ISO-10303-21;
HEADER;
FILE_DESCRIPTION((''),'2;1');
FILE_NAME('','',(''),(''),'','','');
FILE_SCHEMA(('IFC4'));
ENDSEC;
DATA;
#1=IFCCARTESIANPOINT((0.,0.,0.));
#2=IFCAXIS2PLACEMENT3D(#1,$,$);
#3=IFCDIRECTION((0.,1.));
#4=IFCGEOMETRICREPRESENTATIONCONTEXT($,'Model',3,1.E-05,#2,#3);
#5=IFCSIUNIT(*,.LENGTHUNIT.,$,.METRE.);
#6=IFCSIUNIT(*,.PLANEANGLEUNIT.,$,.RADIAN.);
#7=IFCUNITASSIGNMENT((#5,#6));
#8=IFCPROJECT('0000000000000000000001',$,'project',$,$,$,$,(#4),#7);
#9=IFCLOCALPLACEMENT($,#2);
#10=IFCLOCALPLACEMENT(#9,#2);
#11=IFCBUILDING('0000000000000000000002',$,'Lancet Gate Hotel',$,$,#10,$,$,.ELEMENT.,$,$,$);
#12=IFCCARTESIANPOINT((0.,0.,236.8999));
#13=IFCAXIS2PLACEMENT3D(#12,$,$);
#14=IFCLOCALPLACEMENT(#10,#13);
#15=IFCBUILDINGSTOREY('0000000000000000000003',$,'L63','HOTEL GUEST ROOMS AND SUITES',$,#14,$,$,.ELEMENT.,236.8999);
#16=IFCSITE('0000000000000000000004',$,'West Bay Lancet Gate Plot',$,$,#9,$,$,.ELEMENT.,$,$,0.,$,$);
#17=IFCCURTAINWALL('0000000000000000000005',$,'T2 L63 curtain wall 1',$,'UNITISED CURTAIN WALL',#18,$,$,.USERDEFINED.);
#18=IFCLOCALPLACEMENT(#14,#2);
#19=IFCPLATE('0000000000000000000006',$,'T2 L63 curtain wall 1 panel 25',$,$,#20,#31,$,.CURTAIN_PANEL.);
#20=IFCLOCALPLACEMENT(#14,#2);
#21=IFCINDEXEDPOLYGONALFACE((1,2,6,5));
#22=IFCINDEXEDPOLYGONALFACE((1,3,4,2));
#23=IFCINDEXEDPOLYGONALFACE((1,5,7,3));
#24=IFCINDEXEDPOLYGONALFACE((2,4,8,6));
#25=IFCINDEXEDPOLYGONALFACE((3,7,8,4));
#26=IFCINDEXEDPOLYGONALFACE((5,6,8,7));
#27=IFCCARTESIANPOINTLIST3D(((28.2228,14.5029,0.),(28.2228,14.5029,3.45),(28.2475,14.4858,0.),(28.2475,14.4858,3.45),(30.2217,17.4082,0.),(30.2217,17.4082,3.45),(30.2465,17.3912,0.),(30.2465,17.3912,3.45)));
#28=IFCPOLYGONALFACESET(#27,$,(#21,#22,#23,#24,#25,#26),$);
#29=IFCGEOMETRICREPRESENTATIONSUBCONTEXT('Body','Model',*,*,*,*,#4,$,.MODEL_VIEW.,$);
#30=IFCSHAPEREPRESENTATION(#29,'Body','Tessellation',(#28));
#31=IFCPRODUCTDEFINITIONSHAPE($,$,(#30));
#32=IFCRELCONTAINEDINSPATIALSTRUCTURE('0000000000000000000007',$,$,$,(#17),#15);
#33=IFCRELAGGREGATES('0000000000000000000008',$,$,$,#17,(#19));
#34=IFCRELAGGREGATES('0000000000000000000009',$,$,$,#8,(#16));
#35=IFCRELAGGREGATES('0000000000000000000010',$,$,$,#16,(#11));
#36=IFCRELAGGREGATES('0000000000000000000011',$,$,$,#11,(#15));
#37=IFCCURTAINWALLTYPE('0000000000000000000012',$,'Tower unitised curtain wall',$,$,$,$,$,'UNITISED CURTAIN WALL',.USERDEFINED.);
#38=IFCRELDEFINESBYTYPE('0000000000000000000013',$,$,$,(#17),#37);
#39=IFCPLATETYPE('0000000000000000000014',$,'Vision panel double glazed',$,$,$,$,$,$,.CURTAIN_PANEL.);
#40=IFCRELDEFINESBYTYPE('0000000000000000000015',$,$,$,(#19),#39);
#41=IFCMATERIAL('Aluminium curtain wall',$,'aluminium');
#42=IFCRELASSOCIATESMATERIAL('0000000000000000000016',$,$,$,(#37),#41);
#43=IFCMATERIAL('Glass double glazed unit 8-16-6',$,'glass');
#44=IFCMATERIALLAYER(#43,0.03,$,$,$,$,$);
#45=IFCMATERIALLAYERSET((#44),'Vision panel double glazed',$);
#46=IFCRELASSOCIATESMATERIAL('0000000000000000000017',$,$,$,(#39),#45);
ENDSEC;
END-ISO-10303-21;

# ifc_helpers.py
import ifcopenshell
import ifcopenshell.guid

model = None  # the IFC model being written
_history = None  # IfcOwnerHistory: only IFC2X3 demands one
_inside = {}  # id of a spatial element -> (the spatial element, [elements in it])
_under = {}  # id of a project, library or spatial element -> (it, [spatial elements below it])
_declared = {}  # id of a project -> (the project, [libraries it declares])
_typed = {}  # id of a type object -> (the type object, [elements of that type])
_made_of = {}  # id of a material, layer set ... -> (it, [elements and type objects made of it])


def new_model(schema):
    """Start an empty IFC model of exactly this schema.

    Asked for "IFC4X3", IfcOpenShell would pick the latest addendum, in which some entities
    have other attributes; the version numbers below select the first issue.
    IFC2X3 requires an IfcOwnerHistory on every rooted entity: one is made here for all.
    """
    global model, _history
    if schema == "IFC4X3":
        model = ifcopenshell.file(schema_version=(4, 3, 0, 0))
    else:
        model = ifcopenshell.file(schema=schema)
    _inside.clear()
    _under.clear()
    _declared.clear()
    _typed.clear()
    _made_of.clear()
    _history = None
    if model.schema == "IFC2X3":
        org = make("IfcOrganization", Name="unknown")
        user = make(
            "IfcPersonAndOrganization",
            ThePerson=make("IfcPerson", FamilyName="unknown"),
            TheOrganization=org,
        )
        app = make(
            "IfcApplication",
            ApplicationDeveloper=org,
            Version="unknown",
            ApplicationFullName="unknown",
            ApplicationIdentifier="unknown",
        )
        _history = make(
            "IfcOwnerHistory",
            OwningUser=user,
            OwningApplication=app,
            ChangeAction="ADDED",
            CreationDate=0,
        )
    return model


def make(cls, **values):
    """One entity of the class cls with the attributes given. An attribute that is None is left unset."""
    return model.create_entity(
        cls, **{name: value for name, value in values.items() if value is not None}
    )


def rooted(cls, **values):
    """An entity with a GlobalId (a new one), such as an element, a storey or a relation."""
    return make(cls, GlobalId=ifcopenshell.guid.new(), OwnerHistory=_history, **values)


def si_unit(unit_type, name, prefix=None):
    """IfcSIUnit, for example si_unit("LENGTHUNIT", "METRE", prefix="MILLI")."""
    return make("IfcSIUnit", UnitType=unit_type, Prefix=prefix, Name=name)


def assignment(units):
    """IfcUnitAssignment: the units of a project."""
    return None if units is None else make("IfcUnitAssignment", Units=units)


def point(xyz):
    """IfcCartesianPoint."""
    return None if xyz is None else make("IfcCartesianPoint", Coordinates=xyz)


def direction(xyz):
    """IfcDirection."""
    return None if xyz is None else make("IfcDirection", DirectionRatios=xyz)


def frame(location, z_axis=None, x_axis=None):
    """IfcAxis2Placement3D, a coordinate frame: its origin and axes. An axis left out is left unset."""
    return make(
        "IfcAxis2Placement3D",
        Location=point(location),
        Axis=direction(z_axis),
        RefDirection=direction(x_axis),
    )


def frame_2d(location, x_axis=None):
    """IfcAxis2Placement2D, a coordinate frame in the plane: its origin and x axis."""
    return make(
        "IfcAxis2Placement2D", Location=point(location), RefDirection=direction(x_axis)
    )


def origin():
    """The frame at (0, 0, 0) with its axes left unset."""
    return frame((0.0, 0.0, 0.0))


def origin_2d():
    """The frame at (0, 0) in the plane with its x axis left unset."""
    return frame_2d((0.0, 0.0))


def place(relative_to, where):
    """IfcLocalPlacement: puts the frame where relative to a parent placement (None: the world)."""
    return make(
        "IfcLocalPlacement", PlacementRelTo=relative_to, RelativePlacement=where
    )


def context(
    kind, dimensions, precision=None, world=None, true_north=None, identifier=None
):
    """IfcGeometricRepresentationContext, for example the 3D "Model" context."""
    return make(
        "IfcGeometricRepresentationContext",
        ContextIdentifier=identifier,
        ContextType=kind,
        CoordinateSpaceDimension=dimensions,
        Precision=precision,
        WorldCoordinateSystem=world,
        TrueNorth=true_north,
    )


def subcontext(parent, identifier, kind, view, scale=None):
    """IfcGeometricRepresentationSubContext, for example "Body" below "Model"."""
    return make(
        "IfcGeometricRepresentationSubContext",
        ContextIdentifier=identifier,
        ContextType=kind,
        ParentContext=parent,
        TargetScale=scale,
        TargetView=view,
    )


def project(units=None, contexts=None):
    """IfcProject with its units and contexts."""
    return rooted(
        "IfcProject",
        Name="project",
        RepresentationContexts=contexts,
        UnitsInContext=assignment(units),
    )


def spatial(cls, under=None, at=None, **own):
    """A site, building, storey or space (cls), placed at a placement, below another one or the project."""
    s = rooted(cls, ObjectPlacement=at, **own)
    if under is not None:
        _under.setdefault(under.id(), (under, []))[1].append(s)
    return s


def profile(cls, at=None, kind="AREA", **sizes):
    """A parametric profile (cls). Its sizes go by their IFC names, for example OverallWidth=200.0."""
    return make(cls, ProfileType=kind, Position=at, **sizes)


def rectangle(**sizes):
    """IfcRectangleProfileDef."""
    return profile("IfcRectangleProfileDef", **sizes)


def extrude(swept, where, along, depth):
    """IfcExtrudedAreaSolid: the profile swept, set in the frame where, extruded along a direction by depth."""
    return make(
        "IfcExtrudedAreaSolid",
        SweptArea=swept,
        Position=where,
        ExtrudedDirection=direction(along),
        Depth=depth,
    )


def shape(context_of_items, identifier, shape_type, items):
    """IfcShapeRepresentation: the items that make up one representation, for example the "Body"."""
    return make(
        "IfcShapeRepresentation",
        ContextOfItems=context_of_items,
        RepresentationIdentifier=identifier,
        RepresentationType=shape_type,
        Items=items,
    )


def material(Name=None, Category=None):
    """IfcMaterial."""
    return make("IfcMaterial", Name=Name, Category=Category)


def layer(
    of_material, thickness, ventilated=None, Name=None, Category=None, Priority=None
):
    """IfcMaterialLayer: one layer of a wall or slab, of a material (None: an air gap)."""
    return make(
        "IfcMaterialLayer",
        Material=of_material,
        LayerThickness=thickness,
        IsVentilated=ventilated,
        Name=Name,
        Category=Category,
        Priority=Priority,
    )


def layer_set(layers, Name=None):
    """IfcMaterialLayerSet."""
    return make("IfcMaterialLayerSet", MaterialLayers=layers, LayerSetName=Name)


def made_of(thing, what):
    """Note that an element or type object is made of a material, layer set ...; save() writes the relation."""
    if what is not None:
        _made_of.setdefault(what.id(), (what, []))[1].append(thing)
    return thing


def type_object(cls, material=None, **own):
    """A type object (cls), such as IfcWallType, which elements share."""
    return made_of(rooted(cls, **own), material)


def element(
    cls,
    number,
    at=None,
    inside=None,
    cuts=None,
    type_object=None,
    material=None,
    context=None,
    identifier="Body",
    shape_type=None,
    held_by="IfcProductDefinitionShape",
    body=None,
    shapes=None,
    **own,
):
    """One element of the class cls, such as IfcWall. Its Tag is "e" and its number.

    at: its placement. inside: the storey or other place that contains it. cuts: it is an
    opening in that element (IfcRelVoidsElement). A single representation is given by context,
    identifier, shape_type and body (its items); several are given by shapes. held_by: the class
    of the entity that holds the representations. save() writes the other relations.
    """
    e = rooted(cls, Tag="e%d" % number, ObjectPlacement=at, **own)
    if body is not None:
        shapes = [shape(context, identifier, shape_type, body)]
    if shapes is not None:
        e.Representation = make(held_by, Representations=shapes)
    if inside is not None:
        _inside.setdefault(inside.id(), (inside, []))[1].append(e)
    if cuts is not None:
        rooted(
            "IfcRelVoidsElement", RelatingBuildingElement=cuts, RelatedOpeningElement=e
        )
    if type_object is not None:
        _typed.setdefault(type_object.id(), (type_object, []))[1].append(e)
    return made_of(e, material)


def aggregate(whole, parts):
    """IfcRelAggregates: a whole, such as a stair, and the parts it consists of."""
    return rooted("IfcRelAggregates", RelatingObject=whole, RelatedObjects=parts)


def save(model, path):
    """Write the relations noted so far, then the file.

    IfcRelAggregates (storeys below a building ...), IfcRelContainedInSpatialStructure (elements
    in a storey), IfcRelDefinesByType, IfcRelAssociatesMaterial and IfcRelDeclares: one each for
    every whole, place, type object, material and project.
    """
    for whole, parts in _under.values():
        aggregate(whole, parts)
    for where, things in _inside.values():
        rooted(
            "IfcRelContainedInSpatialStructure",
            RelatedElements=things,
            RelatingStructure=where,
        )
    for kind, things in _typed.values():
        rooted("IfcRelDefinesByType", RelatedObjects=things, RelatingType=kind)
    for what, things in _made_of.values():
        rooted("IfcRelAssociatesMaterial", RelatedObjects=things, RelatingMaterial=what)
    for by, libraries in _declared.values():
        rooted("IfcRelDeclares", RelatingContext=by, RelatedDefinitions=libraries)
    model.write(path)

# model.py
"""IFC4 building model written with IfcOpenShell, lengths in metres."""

from ifc_helpers import new_model, si_unit, direction, frame, origin, origin_2d, place, context, subcontext, project, spatial, rectangle, extrude, material, layer, layer_set, type_object, element, aggregate, save


model = new_model("IFC4")

# Units and contexts
model_context = context("Model", 3, precision=1e-05, world=origin(), true_north=direction((0.0, 1.0)))
body_context = subcontext(model_context, "Body", "Model", "MODEL_VIEW")
ifc_project = project(units=[si_unit("LENGTHUNIT", "METRE"), si_unit("PLANEANGLEUNIT", "RADIAN")], contexts=[model_context])

# Site, building, storey
site_placement = place(None, origin())
site = spatial("IfcSite", under=ifc_project, at=site_placement, Name="West Bay Lancet Gate Plot", CompositionType="ELEMENT", RefElevation=0.0)
building_placement = place(site_placement, origin())
building = spatial("IfcBuilding", under=site, at=building_placement, Name="Lancet Gate Hotel", CompositionType="ELEMENT")
storey_placement = place(building_placement, frame((0.0, 0.0, 236.8999)))
storey = spatial("IfcBuildingStorey", under=building, at=storey_placement, Name="L63", Description="HOTEL GUEST ROOMS AND SUITES", CompositionType="ELEMENT", Elevation=236.8999)

# Curtain wall
ifc_material_1 = material(Name="Aluminium curtain wall", Category="aluminium")
curtain_wall_type = type_object("IfcCurtainWallType", Name="Tower unitised curtain wall", ElementType="UNITISED CURTAIN WALL", PredefinedType="USERDEFINED", material=ifc_material_1)
curtain_wall_placement = place(storey_placement, origin())
curtain_wall = element("IfcCurtainWall", 1, at=curtain_wall_placement, inside=storey, type_object=curtain_wall_type, Name="T2 L63 curtain wall 1", ObjectType="UNITISED CURTAIN WALL", PredefinedType="USERDEFINED")

# Plate
ifc_material_2 = material(Name="Glass double glazed unit 8-16-6", Category="glass")
ifc_layer = layer(ifc_material_2, 0.03)
ifc_layer_set = layer_set([ifc_layer], Name="Vision panel double glazed")
plate_type = type_object("IfcPlateType", Name="Vision panel double glazed", PredefinedType="CURTAIN_PANEL", material=ifc_layer_set)
plate_1_placement = place(storey_placement, frame((29.2346, 15.947, 0.0), z_axis=(0.0, 0.0, 1.0), x_axis=(-0.566824, -0.823839, 0.0)))
plate_1 = element("IfcPlate", 2, at=plate_1_placement, type_object=plate_type, Name="T2 L63 curtain wall 1 panel 25", PredefinedType="CURTAIN_PANEL", context=body_context, shape_type="SweptSolid", body=[
    extrude(rectangle(XDim=3.5266, YDim=0.03, at=origin_2d()), origin(), (0.0, 0.0, 1.0), 3.45),
])
aggregate(curtain_wall, [plate_1])

save(model, "model.ifc")
